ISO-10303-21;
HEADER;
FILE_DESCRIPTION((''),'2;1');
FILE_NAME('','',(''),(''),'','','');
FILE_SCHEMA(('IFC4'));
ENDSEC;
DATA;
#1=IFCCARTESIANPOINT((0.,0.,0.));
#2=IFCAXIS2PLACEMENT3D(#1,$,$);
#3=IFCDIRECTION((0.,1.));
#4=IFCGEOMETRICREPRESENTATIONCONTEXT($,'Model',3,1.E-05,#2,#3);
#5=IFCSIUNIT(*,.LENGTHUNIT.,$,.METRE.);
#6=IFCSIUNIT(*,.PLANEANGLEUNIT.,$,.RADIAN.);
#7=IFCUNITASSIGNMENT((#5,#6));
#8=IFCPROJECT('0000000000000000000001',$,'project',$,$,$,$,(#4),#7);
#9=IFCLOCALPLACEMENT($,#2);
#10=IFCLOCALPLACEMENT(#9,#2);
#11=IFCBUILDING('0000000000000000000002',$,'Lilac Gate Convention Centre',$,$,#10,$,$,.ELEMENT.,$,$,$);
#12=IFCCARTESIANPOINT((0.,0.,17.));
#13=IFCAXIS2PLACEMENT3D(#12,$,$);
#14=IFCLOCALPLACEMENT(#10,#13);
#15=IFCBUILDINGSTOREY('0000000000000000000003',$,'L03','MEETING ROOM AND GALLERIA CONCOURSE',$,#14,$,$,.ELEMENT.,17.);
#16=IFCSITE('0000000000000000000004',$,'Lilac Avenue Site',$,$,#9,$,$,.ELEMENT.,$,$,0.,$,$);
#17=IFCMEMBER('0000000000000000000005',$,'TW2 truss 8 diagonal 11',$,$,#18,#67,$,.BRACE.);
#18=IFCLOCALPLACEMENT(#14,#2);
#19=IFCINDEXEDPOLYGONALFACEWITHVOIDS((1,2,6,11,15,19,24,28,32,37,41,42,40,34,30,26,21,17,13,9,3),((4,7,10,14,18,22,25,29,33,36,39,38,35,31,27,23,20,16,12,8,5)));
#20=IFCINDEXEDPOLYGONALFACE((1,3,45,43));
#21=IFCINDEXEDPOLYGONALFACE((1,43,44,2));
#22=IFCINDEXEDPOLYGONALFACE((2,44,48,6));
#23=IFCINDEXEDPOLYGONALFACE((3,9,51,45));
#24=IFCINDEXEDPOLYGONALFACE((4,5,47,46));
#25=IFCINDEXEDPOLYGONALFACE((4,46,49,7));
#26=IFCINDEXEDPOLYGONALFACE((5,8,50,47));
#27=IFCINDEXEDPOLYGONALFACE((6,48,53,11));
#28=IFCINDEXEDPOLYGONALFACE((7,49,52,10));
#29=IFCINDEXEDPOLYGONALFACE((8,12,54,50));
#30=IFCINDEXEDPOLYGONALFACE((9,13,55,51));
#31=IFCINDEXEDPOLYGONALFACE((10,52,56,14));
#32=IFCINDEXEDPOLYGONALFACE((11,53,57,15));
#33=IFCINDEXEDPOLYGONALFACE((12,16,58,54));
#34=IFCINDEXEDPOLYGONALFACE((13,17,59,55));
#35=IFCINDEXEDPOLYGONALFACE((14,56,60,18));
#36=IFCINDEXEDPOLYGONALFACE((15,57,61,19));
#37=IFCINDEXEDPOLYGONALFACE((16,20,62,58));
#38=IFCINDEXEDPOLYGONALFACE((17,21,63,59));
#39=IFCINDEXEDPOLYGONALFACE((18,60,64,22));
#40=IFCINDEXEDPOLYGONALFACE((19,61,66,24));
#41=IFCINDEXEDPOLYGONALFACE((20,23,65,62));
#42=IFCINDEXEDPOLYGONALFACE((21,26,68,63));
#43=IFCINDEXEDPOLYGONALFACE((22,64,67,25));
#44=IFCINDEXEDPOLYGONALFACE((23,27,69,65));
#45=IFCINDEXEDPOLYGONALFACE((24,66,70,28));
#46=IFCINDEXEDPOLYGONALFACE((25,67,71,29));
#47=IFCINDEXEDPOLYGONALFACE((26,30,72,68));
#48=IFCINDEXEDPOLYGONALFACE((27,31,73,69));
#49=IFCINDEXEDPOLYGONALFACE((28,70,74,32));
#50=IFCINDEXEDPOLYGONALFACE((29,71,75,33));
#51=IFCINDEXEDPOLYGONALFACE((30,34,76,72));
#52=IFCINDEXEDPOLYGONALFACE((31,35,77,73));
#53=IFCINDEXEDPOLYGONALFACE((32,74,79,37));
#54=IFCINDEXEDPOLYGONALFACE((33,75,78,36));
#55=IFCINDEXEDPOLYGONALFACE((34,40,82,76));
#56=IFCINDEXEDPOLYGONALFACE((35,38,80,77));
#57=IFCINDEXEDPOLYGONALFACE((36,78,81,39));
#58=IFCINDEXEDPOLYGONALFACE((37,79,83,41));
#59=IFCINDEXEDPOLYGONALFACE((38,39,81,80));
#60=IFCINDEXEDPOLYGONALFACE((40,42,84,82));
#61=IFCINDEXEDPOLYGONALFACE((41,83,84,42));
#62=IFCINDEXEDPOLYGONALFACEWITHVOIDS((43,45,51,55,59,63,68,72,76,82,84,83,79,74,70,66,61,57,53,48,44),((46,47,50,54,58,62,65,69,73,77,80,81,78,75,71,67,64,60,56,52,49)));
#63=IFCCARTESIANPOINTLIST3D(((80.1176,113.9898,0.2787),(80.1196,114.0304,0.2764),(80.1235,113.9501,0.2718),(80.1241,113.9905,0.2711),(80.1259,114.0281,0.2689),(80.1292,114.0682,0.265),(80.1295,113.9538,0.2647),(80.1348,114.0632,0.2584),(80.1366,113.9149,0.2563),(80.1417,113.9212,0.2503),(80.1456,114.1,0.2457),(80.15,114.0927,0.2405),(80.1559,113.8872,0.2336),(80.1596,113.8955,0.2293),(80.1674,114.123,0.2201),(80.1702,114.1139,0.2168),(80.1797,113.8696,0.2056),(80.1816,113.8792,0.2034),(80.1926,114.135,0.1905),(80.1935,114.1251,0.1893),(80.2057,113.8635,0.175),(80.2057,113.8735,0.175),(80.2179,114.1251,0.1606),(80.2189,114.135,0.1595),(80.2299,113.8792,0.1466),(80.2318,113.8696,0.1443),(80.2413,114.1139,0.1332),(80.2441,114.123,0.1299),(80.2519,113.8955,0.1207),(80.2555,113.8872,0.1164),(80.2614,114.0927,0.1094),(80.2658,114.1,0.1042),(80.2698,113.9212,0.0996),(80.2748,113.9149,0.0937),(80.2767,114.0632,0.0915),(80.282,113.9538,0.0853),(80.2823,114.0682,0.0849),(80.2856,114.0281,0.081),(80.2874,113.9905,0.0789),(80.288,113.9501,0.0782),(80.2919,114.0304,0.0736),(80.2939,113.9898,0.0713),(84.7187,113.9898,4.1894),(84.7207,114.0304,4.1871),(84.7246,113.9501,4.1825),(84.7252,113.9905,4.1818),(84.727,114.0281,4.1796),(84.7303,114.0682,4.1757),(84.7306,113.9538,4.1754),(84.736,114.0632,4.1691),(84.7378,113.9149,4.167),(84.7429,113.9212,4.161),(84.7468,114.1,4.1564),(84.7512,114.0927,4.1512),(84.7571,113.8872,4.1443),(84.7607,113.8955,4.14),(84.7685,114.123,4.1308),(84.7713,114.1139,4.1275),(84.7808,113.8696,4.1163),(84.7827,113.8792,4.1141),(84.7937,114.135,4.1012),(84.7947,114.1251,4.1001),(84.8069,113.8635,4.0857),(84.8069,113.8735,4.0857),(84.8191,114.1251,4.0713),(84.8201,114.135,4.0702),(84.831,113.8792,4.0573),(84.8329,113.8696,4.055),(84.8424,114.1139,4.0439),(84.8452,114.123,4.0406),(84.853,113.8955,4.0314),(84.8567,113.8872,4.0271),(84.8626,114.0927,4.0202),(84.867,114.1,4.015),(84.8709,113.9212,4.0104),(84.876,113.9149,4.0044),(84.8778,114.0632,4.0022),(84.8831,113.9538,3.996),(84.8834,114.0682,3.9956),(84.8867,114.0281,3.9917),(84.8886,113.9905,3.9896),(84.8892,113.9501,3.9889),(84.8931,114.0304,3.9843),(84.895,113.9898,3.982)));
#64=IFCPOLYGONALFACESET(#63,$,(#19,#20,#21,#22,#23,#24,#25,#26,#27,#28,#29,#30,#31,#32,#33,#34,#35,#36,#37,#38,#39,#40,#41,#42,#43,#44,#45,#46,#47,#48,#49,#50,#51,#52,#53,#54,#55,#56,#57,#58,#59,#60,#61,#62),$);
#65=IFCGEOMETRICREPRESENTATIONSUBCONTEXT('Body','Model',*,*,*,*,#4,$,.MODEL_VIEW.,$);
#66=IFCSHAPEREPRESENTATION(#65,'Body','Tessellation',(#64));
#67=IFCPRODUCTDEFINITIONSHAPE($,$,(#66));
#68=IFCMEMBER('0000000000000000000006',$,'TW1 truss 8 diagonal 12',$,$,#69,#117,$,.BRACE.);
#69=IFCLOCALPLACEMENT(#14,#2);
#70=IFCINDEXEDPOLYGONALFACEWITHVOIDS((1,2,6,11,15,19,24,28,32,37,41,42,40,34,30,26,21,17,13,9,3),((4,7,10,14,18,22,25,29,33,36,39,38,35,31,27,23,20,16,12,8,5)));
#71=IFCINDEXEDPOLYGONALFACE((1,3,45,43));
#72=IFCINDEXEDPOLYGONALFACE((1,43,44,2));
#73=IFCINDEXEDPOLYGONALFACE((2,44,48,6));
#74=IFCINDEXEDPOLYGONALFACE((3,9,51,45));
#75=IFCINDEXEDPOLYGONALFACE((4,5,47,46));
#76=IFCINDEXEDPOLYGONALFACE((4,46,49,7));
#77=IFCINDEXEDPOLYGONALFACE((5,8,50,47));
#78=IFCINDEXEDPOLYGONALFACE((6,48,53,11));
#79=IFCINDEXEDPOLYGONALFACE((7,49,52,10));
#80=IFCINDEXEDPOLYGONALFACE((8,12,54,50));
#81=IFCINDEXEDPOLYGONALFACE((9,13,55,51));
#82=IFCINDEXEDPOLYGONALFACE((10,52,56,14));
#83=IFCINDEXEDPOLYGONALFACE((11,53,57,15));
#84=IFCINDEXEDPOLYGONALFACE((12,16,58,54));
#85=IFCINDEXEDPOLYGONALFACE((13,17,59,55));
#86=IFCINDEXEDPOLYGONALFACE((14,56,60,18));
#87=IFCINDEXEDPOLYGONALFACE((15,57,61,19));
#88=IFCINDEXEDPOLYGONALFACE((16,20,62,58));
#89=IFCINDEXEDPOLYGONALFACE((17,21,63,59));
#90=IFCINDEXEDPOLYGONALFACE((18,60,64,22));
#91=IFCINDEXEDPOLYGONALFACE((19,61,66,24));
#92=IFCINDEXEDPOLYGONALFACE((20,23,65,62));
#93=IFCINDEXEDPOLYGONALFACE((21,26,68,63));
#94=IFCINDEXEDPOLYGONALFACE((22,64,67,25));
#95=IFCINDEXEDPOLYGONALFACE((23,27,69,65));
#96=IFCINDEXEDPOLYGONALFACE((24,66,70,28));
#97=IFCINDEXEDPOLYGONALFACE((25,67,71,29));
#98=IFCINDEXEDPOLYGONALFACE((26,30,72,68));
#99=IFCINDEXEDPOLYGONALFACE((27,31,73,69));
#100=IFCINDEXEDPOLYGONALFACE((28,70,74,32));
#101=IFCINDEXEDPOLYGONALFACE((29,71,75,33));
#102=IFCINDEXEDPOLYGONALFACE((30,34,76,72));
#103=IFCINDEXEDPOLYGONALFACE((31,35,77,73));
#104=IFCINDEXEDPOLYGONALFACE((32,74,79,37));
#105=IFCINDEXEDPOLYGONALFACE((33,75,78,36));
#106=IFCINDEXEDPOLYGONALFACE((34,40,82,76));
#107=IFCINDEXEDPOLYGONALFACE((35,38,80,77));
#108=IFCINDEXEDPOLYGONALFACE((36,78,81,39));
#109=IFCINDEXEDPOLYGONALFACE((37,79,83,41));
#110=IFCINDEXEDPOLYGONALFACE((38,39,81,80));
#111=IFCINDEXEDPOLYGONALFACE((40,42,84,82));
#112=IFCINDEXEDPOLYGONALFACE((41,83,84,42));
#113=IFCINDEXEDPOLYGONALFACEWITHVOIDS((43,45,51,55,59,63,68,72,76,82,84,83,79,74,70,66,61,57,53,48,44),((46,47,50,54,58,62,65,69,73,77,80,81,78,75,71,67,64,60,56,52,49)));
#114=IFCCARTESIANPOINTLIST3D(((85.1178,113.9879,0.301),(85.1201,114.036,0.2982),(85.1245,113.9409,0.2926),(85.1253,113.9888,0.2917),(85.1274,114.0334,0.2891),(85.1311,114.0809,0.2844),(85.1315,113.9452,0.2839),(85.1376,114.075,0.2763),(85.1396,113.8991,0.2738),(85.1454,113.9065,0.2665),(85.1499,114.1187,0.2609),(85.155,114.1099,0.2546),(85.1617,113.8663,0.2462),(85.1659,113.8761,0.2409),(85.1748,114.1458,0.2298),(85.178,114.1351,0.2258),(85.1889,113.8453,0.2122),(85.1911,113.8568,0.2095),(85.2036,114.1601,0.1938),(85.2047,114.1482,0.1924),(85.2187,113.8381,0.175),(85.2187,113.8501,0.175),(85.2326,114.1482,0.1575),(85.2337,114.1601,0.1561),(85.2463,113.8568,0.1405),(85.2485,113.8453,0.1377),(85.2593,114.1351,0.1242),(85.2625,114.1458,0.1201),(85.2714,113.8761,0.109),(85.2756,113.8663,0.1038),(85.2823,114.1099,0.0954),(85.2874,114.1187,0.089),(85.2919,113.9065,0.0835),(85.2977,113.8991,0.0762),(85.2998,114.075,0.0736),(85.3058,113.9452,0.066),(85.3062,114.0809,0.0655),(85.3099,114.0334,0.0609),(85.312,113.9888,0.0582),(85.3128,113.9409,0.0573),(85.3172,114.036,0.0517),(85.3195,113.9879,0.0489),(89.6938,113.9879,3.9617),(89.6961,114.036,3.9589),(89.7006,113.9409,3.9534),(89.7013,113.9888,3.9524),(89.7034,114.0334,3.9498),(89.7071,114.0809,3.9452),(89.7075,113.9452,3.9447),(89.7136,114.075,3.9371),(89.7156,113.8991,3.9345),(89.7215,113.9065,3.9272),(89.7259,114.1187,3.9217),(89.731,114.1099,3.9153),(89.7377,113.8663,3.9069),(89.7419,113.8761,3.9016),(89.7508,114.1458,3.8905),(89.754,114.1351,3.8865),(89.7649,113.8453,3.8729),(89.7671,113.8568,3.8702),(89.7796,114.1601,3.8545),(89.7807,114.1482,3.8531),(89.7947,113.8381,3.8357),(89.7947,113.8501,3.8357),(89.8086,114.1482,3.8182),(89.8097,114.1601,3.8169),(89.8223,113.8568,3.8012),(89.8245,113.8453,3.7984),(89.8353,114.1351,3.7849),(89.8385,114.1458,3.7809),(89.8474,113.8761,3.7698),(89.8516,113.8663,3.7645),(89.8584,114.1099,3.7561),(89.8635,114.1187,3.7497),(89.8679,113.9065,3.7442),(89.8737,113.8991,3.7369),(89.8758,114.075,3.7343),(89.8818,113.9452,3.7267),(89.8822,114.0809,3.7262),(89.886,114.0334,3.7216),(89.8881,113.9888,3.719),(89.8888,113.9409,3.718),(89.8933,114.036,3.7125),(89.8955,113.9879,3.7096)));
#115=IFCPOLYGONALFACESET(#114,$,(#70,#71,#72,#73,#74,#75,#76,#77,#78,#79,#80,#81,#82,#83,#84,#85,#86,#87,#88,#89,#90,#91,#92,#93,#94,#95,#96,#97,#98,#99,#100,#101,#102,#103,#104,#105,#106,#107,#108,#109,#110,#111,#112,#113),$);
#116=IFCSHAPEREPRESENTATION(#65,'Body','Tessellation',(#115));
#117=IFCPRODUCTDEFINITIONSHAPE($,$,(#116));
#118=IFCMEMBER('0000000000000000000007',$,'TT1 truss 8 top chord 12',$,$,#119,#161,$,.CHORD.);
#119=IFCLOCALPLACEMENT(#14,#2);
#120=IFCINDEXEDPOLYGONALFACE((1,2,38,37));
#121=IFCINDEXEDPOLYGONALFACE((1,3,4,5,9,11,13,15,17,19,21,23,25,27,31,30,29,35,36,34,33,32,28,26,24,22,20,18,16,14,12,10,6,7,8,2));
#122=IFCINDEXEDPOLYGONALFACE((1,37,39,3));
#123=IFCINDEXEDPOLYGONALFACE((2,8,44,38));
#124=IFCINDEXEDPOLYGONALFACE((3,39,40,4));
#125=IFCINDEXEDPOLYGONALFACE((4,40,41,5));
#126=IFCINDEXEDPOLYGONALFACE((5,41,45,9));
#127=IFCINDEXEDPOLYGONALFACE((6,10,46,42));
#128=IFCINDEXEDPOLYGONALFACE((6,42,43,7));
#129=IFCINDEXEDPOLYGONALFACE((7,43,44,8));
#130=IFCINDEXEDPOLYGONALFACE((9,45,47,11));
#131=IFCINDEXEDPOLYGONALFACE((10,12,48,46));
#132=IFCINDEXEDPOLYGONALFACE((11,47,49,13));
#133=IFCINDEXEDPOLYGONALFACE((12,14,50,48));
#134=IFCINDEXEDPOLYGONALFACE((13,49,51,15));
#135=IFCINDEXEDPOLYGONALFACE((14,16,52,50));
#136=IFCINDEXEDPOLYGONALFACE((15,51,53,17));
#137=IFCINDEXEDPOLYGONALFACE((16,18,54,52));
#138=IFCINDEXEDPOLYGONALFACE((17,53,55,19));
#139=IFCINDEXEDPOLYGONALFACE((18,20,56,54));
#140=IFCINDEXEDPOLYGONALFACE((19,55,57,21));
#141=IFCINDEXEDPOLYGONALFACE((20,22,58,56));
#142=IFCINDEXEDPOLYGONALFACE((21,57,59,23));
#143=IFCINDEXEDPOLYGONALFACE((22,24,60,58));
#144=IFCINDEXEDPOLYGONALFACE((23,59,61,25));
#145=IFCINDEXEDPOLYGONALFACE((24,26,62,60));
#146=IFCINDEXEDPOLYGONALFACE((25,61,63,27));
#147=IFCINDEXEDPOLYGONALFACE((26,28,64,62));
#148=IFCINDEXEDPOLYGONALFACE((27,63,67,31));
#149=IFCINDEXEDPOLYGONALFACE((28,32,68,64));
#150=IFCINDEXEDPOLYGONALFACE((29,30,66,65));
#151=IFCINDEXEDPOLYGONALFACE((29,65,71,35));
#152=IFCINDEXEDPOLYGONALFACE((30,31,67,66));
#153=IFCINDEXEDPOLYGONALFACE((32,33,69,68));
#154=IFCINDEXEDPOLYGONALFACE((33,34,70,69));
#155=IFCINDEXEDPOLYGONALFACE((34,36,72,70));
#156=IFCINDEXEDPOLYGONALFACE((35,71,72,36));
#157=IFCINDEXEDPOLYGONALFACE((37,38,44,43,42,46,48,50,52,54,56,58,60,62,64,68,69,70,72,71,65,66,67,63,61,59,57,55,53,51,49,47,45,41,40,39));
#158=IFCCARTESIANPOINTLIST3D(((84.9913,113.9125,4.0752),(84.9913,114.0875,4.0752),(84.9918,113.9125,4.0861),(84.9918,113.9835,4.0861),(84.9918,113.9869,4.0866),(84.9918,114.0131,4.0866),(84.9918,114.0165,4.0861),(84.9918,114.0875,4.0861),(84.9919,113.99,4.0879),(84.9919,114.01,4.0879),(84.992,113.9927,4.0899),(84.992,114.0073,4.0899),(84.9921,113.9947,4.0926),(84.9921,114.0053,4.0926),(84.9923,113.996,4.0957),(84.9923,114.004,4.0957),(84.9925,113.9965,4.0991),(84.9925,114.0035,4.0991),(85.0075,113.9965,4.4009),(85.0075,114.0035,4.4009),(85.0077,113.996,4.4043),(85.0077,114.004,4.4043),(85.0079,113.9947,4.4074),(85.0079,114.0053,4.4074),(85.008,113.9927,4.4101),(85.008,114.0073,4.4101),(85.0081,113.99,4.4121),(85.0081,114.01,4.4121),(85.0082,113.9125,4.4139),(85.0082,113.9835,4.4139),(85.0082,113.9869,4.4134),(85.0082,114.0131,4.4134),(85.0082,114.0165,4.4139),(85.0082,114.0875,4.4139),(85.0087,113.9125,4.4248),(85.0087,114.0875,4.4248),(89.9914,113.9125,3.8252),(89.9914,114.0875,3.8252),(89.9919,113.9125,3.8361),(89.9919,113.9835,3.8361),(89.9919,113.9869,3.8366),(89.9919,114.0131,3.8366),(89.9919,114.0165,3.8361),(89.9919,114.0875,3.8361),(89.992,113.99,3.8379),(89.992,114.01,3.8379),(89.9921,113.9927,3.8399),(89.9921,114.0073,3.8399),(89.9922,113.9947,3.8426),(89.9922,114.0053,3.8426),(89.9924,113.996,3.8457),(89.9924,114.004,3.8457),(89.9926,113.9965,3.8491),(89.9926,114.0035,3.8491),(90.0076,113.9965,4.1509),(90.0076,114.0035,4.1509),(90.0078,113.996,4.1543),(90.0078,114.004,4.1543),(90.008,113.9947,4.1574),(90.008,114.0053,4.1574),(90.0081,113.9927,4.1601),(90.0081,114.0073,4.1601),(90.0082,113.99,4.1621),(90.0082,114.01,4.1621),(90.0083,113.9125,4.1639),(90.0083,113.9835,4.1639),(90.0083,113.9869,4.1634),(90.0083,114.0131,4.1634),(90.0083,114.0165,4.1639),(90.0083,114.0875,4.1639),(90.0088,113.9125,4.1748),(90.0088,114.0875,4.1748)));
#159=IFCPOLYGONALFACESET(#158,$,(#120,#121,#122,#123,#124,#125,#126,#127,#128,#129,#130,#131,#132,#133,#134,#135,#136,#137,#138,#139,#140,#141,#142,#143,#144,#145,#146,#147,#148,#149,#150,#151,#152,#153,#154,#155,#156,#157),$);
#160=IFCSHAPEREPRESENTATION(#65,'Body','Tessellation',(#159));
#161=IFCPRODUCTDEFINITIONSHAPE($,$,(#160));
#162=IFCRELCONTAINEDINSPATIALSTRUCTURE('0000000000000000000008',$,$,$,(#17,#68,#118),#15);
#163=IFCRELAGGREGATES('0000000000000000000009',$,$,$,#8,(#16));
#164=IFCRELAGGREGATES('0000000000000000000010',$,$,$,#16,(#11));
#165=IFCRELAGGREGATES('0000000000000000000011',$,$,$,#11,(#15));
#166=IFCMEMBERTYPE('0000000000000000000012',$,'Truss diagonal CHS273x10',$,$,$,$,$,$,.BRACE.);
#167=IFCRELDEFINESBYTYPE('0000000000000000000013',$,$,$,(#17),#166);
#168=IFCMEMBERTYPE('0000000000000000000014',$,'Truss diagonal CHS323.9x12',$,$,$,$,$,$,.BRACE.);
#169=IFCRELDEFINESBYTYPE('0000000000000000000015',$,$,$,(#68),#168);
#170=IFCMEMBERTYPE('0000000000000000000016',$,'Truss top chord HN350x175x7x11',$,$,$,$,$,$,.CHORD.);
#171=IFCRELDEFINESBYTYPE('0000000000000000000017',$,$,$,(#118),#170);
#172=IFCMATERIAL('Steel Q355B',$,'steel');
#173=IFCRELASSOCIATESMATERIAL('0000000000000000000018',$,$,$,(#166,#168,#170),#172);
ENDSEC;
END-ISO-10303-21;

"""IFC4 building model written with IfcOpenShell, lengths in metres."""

from ifc_helpers import new_model, si_unit, direction, frame, origin, origin_2d, place, context, subcontext, project, spatial, hollow_circle, i_section, extrude, material, material_profile, profile_set, type_object, element, save


model = new_model("IFC4")

# Units and contexts
model_context = context("Model", 3, precision=1e-05, world=origin(), true_north=direction((0.0, 1.0)))
body_context = subcontext(model_context, "Body", "Model", "MODEL_VIEW")
ifc_project = project(units=[si_unit("LENGTHUNIT", "METRE"), si_unit("PLANEANGLEUNIT", "RADIAN")], contexts=[model_context])

# Site, building, storey
site_placement = place(None, origin())
site = spatial("IfcSite", under=ifc_project, at=site_placement, Name="Lilac Avenue Site", CompositionType="ELEMENT", RefElevation=0.0)
building_placement = place(site_placement, origin())
building = spatial("IfcBuilding", under=site, at=building_placement, Name="Lilac Gate Convention Centre", CompositionType="ELEMENT")
storey_placement = place(building_placement, frame((0.0, 0.0, 17.0)))
storey = spatial("IfcBuildingStorey", under=building, at=storey_placement, Name="L03", Description="MEETING ROOM AND GALLERIA CONCOURSE", CompositionType="ELEMENT", Elevation=17.0)

# Members
ifc_material_1 = material(Name="Steel Q355B", Category="steel")
ifc_material_profile_1 = material_profile(ifc_material_1, hollow_circle(Radius=0.1365, WallThickness=0.01, at=origin_2d()), Name="CHS273x10")
ifc_profile_set_1 = profile_set([ifc_material_profile_1], Name="Steel Q355B")
member_type_1 = type_object("IfcMemberType", Name="Truss diagonal CHS273x10", PredefinedType="BRACE", material=ifc_profile_set_1)
member_1_placement = place(storey_placement, frame((84.8069, 114.0, 4.0857), z_axis=(-0.761961, 0.0, -0.647623), x_axis=(0.0, -1.0, 0.0)))
element("IfcMember", 1, at=member_1_placement, inside=storey, type_object=member_type_1, Name="TW2 truss 8 diagonal 11", PredefinedType="BRACE", context=body_context, shape_type="SweptSolid", body=[
    extrude(hollow_circle(Radius=0.1365, WallThickness=0.01, at=origin_2d()), origin(), (0.0, 0.0, 1.0), 6.0386),
])
ifc_material_profile_2 = material_profile(ifc_material_1, hollow_circle(Radius=0.1619, WallThickness=0.012, at=origin_2d()), Name="CHS323.9x12")
ifc_profile_set_2 = profile_set([ifc_material_profile_2], Name="Steel Q355B")
member_type_2 = type_object("IfcMemberType", Name="Truss diagonal CHS323.9x12", PredefinedType="BRACE", material=ifc_profile_set_2)
member_2_placement = place(storey_placement, frame((89.7947, 114.0, 3.8357), z_axis=(-0.780877, 0.0, -0.624685), x_axis=(0.0, -1.0, 0.0)))
element("IfcMember", 2, at=member_2_placement, inside=storey, type_object=member_type_2, Name="TW1 truss 8 diagonal 12", PredefinedType="BRACE", context=body_context, shape_type="SweptSolid", body=[
    extrude(hollow_circle(Radius=0.1619, WallThickness=0.012, at=origin_2d()), origin(), (0.0, 0.0, 1.0), 5.8601),
])
ifc_material_profile_3 = material_profile(ifc_material_1, i_section(OverallWidth=0.175, OverallDepth=0.3501, WebThickness=0.0071, FlangeThickness=0.011, FilletRadius=0.0129, at=origin_2d()), Name="HN350x175x7x11")
ifc_profile_set_3 = profile_set([ifc_material_profile_3], Name="Steel Q355B")
member_type_3 = type_object("IfcMemberType", Name="Truss top chord HN350x175x7x11", PredefinedType="CHORD", material=ifc_profile_set_3)
for number, where, z_axis, x_axis, name in (
    (3, (85.0, 114.0, 4.25), (0.998752, 0.0, -0.049938), (0.0, 1.0, 0.0), "TT1 truss 8 top chord 12"),
):
    element("IfcMember", number, at=place(storey_placement, frame(where, z_axis=z_axis, x_axis=x_axis)), inside=storey, type_object=member_type_3, Name=name, PredefinedType="CHORD", context=body_context, shape_type="SweptSolid", body=[
        extrude(i_section(OverallWidth=0.175, OverallDepth=0.3501, WebThickness=0.0071, FlangeThickness=0.011, FilletRadius=0.0129, at=origin_2d()), origin(), (0.0, 0.0, 1.0), 5.0063),
    ])

save(model, "model.ifc")
